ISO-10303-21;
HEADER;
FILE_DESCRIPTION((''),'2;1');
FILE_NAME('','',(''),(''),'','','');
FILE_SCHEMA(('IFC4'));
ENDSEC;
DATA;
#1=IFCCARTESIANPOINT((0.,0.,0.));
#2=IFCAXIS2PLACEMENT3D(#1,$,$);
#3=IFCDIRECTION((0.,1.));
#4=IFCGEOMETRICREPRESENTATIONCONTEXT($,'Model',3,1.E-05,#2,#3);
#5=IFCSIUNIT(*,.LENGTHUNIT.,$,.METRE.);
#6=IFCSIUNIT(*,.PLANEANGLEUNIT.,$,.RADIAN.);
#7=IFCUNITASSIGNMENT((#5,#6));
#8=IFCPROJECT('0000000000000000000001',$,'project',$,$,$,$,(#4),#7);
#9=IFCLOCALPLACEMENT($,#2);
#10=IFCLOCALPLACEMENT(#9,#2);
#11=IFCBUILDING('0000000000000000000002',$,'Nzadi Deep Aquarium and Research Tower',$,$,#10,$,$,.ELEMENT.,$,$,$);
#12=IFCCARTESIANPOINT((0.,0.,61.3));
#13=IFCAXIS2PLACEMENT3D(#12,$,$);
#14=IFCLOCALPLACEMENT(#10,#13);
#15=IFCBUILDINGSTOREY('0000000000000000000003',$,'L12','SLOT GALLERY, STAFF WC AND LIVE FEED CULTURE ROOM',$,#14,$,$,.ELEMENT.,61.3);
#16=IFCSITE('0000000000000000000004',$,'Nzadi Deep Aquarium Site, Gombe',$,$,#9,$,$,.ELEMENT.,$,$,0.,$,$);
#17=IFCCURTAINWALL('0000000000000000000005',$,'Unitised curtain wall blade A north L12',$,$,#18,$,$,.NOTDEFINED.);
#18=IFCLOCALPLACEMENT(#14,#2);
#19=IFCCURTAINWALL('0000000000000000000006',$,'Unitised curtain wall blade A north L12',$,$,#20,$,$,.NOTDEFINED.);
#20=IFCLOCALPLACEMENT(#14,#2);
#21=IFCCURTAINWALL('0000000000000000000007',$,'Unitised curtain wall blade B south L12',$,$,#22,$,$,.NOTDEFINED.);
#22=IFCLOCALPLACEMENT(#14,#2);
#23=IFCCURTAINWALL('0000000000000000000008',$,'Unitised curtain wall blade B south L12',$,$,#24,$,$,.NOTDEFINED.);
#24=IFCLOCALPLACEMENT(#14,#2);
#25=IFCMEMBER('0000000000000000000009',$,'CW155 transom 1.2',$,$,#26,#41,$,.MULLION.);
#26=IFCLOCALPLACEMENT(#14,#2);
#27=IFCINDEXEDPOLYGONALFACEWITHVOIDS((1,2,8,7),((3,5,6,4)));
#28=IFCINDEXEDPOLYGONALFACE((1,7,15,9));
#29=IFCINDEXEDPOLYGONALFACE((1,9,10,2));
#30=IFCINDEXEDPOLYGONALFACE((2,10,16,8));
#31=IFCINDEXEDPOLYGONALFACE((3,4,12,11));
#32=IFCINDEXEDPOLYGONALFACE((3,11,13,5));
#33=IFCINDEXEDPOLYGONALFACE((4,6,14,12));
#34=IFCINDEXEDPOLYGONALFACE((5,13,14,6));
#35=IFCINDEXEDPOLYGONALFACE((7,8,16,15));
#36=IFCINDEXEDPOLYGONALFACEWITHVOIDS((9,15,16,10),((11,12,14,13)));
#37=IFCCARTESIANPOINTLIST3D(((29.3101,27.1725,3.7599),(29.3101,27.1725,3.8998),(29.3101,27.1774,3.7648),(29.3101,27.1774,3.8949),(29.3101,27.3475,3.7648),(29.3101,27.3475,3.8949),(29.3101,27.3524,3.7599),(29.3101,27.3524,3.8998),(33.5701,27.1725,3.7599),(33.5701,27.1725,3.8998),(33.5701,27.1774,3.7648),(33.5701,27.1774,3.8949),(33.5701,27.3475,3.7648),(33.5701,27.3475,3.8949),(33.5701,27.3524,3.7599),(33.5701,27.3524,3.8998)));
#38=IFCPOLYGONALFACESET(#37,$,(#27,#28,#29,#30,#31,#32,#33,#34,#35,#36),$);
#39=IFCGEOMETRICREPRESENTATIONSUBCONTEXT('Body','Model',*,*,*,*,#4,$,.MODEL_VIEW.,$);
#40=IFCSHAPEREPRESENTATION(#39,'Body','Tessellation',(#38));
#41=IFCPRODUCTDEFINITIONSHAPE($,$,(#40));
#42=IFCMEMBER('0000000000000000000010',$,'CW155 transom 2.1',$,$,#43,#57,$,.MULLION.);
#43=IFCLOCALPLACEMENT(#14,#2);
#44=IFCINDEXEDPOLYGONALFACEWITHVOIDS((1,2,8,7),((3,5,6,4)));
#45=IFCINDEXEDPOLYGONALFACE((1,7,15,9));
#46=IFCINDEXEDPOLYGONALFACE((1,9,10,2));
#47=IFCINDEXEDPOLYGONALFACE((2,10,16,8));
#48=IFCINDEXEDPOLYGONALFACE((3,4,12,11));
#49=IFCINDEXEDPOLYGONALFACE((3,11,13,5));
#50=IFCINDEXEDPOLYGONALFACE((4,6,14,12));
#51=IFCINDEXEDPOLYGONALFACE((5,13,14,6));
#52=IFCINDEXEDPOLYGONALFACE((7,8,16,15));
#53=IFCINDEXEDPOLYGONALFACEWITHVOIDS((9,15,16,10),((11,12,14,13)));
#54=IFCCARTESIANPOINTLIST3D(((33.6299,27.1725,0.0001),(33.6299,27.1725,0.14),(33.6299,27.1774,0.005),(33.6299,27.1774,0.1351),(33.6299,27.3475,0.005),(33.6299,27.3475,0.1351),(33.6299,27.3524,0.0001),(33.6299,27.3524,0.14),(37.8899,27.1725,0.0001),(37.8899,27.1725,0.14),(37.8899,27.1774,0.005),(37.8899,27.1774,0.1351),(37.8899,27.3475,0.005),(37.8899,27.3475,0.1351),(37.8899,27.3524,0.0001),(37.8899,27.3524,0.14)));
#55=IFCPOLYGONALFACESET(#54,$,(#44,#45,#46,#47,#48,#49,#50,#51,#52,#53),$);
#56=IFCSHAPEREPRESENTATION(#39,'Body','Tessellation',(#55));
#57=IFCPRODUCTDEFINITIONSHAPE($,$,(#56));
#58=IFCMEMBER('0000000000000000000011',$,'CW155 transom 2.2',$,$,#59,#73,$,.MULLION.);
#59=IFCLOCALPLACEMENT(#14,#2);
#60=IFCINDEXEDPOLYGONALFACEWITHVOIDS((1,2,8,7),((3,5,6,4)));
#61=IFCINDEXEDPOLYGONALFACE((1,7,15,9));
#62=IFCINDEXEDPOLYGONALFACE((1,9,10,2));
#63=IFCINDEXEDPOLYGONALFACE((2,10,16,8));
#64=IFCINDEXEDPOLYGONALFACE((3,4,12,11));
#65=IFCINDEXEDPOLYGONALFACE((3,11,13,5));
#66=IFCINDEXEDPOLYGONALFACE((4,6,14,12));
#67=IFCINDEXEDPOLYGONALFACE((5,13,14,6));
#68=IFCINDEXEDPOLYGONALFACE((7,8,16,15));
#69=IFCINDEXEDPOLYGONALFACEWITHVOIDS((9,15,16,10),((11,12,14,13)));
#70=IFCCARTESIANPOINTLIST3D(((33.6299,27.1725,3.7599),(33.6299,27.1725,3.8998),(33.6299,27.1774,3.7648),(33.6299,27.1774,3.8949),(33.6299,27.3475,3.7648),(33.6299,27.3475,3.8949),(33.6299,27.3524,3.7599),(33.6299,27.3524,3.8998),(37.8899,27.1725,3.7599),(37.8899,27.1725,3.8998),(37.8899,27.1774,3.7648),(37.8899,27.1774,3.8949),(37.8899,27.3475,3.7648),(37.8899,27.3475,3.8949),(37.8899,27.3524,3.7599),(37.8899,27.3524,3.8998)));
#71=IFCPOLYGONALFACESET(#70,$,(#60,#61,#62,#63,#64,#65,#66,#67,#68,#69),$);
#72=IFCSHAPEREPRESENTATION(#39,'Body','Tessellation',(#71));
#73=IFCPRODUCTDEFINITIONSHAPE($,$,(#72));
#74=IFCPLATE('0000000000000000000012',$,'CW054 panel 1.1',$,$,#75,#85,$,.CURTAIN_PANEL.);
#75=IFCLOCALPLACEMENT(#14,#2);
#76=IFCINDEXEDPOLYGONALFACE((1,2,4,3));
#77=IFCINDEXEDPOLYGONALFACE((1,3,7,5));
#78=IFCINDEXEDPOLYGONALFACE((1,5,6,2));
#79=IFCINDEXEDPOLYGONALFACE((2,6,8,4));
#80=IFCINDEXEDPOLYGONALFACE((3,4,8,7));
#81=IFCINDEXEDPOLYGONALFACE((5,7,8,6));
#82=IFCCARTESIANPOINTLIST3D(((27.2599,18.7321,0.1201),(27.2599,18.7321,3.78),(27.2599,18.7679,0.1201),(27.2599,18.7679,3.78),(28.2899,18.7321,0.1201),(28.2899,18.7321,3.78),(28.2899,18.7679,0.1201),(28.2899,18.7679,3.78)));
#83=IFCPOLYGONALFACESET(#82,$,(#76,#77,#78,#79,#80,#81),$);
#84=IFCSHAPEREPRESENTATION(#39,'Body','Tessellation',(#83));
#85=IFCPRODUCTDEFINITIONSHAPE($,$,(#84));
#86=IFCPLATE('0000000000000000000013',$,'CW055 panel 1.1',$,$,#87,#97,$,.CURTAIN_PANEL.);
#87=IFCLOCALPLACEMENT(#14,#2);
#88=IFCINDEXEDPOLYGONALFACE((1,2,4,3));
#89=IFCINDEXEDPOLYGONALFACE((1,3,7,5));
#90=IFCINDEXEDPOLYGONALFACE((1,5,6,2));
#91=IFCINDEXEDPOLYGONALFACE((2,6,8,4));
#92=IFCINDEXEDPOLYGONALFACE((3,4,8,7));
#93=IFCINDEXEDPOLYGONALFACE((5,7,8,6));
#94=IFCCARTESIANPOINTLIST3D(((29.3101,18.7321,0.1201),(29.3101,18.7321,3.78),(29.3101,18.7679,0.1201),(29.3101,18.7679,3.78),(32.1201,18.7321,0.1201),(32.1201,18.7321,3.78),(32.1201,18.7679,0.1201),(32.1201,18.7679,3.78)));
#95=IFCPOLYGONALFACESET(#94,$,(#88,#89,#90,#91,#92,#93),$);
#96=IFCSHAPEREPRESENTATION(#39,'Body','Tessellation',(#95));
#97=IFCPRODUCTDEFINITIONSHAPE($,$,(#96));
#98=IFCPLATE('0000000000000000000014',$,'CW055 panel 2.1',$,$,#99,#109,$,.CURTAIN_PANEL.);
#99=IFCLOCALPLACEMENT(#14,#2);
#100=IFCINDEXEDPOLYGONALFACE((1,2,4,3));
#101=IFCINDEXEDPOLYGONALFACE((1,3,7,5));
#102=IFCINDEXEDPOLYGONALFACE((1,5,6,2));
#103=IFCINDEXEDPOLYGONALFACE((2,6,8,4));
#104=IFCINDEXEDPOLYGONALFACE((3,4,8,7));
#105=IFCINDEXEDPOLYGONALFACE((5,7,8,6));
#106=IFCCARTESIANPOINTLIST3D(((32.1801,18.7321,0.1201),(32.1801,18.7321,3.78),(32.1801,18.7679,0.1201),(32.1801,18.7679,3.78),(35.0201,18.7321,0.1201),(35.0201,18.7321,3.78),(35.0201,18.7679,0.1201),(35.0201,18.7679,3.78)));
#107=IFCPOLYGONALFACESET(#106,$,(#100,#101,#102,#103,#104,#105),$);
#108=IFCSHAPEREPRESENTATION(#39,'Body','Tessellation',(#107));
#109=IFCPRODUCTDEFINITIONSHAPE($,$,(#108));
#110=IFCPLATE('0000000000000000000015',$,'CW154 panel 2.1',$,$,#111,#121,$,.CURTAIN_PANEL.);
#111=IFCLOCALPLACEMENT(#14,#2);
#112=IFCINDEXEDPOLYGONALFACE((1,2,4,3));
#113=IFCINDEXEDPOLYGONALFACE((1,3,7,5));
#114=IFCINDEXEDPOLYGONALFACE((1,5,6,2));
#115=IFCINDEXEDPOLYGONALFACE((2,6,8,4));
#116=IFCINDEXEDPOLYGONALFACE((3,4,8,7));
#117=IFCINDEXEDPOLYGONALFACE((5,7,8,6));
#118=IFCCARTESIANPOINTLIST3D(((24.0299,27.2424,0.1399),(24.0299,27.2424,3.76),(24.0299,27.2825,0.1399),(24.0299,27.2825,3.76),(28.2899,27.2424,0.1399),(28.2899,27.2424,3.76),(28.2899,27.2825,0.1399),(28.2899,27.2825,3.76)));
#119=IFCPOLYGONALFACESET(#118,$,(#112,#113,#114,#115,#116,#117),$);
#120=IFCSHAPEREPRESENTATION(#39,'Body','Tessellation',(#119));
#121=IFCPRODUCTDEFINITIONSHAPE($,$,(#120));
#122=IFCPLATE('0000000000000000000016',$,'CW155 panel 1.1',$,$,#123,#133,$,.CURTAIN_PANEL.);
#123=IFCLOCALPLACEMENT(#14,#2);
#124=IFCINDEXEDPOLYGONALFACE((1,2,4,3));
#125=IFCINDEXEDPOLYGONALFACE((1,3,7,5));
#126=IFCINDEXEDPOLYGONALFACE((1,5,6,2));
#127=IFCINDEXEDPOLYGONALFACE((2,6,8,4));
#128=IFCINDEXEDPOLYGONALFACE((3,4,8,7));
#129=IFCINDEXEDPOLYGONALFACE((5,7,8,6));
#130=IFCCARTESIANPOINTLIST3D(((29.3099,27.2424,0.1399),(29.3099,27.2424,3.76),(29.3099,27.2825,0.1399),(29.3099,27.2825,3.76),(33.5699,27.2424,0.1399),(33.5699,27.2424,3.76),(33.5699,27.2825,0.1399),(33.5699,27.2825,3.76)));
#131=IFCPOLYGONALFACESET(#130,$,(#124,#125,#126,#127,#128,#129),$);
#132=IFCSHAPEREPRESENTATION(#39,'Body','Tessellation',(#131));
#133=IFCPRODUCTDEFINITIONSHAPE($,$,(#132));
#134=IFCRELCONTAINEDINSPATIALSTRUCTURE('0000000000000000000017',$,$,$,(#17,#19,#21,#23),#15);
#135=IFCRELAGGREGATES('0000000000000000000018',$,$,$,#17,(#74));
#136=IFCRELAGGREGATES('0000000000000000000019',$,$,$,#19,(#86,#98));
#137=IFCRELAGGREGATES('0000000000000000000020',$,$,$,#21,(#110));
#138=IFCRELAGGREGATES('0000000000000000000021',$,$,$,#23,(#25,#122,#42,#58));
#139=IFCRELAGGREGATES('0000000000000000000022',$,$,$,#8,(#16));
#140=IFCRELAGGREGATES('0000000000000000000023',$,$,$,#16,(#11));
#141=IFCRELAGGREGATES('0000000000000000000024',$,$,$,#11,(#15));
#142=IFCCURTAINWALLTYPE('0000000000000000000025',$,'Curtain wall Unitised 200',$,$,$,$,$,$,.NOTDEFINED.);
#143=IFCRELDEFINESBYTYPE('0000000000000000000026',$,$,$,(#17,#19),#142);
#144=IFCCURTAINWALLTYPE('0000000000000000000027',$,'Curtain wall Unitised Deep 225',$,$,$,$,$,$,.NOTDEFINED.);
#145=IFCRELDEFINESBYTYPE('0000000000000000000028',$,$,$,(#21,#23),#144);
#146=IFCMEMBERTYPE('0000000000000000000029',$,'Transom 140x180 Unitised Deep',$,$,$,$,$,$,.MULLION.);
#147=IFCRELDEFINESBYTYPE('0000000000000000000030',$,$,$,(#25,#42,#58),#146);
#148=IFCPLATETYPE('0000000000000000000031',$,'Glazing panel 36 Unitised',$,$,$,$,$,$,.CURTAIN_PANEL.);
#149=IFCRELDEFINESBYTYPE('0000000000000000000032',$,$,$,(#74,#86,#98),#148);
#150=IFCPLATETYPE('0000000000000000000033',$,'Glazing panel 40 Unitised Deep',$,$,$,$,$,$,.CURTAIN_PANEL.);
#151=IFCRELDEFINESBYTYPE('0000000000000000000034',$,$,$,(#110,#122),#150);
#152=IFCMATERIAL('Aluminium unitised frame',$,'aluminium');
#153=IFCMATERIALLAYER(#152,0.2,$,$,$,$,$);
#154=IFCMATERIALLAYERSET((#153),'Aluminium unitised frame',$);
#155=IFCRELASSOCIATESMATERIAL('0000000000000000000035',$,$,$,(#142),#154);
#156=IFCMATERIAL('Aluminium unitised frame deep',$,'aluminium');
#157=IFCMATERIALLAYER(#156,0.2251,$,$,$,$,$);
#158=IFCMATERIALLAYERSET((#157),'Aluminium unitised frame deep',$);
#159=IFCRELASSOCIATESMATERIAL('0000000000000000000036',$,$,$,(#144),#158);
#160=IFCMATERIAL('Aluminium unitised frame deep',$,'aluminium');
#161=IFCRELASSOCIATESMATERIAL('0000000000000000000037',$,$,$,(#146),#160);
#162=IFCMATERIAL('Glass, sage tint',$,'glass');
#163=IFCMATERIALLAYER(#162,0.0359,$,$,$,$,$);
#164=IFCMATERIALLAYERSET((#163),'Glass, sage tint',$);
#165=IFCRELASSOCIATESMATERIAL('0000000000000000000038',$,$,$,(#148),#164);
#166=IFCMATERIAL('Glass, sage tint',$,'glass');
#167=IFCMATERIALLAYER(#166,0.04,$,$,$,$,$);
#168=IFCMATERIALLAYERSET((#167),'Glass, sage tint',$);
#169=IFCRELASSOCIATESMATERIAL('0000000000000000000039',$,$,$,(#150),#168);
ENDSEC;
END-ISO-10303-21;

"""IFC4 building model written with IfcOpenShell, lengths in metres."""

from ifc_helpers import new_model, si_unit, direction, frame, origin, origin_2d, place, context, subcontext, project, spatial, rectangle, hollow_rectangle, extrude, material, layer, layer_set, material_profile, profile_set, type_object, element, aggregate, save


model = new_model("IFC4")

# Units and contexts
model_context = context("Model", 3, precision=1e-05, world=origin(), true_north=direction((0.0, 1.0)))
body_context = subcontext(model_context, "Body", "Model", "MODEL_VIEW")
ifc_project = project(units=[si_unit("LENGTHUNIT", "METRE"), si_unit("PLANEANGLEUNIT", "RADIAN")], contexts=[model_context])

# Site, building, storey
site_placement = place(None, origin())
site = spatial("IfcSite", under=ifc_project, at=site_placement, Name="Nzadi Deep Aquarium Site, Gombe", CompositionType="ELEMENT", RefElevation=0.0)
building_placement = place(site_placement, origin())
building = spatial("IfcBuilding", under=site, at=building_placement, Name="Nzadi Deep Aquarium and Research Tower", CompositionType="ELEMENT")
storey_placement = place(building_placement, frame((0.0, 0.0, 61.3)))
storey = spatial("IfcBuildingStorey", under=building, at=storey_placement, Name="L12", Description="SLOT GALLERY, STAFF WC AND LIVE FEED CULTURE ROOM", CompositionType="ELEMENT", Elevation=61.3)

# Curtain walls
ifc_material_1 = material(Name="Aluminium unitised frame", Category="aluminium")
ifc_layer_1 = layer(ifc_material_1, 0.2)
ifc_layer_set_1 = layer_set([ifc_layer_1], Name="Aluminium unitised frame")
curtain_wall_type_1 = type_object("IfcCurtainWallType", Name="Curtain wall Unitised 200", PredefinedType="NOTDEFINED", material=ifc_layer_set_1)
curtain_wall_1_placement = place(storey_placement, origin())
curtain_wall_1 = element("IfcCurtainWall", 1, at=curtain_wall_1_placement, inside=storey, type_object=curtain_wall_type_1, Name="Unitised curtain wall blade A north L12", PredefinedType="NOTDEFINED")
curtain_wall_2_placement = place(storey_placement, origin())
curtain_wall_2 = element("IfcCurtainWall", 2, at=curtain_wall_2_placement, inside=storey, type_object=curtain_wall_type_1, Name="Unitised curtain wall blade A north L12", PredefinedType="NOTDEFINED")
ifc_material_2 = material(Name="Aluminium unitised frame deep", Category="aluminium")
ifc_layer_2 = layer(ifc_material_2, 0.2251)
ifc_layer_set_2 = layer_set([ifc_layer_2], Name="Aluminium unitised frame deep")
curtain_wall_type_2 = type_object("IfcCurtainWallType", Name="Curtain wall Unitised Deep 225", PredefinedType="NOTDEFINED", material=ifc_layer_set_2)
curtain_wall_3_placement = place(storey_placement, origin())
curtain_wall_3 = element("IfcCurtainWall", 3, at=curtain_wall_3_placement, inside=storey, type_object=curtain_wall_type_2, Name="Unitised curtain wall blade B south L12", PredefinedType="NOTDEFINED")
curtain_wall_4_placement = place(storey_placement, origin())
curtain_wall_4 = element("IfcCurtainWall", 4, at=curtain_wall_4_placement, inside=storey, type_object=curtain_wall_type_2, Name="Unitised curtain wall blade B south L12", PredefinedType="NOTDEFINED")

# Members
ifc_material_3 = material(Name="Aluminium unitised frame deep", Category="aluminium")
ifc_material_profile_1 = material_profile(ifc_material_3, hollow_rectangle(XDim=0.1799, YDim=0.1399, WallThickness=0.0049, at=origin_2d()))
ifc_profile_set_1 = profile_set([ifc_material_profile_1], Name="Aluminium unitised frame deep")
member_type_1 = type_object("IfcMemberType", Name="Transom 140x180 Unitised Deep", PredefinedType="MULLION", material=ifc_profile_set_1)
member_1_placement = place(storey_placement, frame((29.3101, 27.2625, 3.8298), z_axis=(1.0, 0.0, 0.0), x_axis=(0.0, 1.0, 0.0)))
member_1 = element("IfcMember", 5, at=member_1_placement, type_object=member_type_1, Name="CW155 transom 1.2", PredefinedType="MULLION", context=body_context, shape_type="SweptSolid", body=[
    extrude(hollow_rectangle(XDim=0.1799, YDim=0.1399, WallThickness=0.0049, at=origin_2d()), origin(), (0.0, 0.0, 1.0), 4.26),
])
member_2_placement = place(storey_placement, frame((33.6299, 27.2625, 0.0701), z_axis=(1.0, 0.0, 0.0), x_axis=(0.0, 1.0, 0.0)))
member_2 = element("IfcMember", 6, at=member_2_placement, type_object=member_type_1, Name="CW155 transom 2.1", PredefinedType="MULLION", context=body_context, shape_type="SweptSolid", body=[
    extrude(hollow_rectangle(XDim=0.1799, YDim=0.1399, WallThickness=0.0049, at=origin_2d()), origin(), (0.0, 0.0, 1.0), 4.26),
])
member_3_placement = place(storey_placement, frame((33.6299, 27.2625, 3.8298), z_axis=(1.0, 0.0, 0.0), x_axis=(0.0, 1.0, 0.0)))
member_3 = element("IfcMember", 7, at=member_3_placement, type_object=member_type_1, Name="CW155 transom 2.2", PredefinedType="MULLION", context=body_context, shape_type="SweptSolid", body=[
    extrude(hollow_rectangle(XDim=0.1799, YDim=0.1399, WallThickness=0.0049, at=origin_2d()), origin(), (0.0, 0.0, 1.0), 4.26),
])

# Plates
ifc_material_4 = material(Name="Glass, sage tint", Category="glass")
ifc_layer_3 = layer(ifc_material_4, 0.0359)
ifc_layer_set_3 = layer_set([ifc_layer_3], Name="Glass, sage tint")
plate_type_1 = type_object("IfcPlateType", Name="Glazing panel 36 Unitised", PredefinedType="CURTAIN_PANEL", material=ifc_layer_set_3)
plate_1_placement = place(storey_placement, frame((27.7749, 18.75, 0.1201), z_axis=(0.0, 0.0, 1.0), x_axis=(1.0, 0.0, 0.0)))
plate_1 = element("IfcPlate", 8, at=plate_1_placement, type_object=plate_type_1, Name="CW054 panel 1.1", PredefinedType="CURTAIN_PANEL", context=body_context, shape_type="SweptSolid", body=[
    extrude(rectangle(XDim=1.03, YDim=0.0359, at=origin_2d()), origin(), (0.0, 0.0, 1.0), 3.6599),
])
aggregate(curtain_wall_1, [plate_1])
plate_2_placement = place(storey_placement, frame((30.7151, 18.75, 0.1201), z_axis=(0.0, 0.0, 1.0), x_axis=(1.0, 0.0, 0.0)))
plate_2 = element("IfcPlate", 9, at=plate_2_placement, type_object=plate_type_1, Name="CW055 panel 1.1", PredefinedType="CURTAIN_PANEL", context=body_context, shape_type="SweptSolid", body=[
    extrude(rectangle(XDim=2.8101, YDim=0.0359, at=origin_2d()), origin(), (0.0, 0.0, 1.0), 3.6599),
])
plate_3_placement = place(storey_placement, frame((33.6001, 18.75, 0.1201), z_axis=(0.0, 0.0, 1.0), x_axis=(1.0, 0.0, 0.0)))
plate_3 = element("IfcPlate", 10, at=plate_3_placement, type_object=plate_type_1, Name="CW055 panel 2.1", PredefinedType="CURTAIN_PANEL", context=body_context, shape_type="SweptSolid", body=[
    extrude(rectangle(XDim=2.8401, YDim=0.0359, at=origin_2d()), origin(), (0.0, 0.0, 1.0), 3.6599),
])
aggregate(curtain_wall_2, [plate_2, plate_3])
ifc_material_5 = material(Name="Glass, sage tint", Category="glass")
ifc_layer_4 = layer(ifc_material_5, 0.04)
ifc_layer_set_4 = layer_set([ifc_layer_4], Name="Glass, sage tint")
plate_type_2 = type_object("IfcPlateType", Name="Glazing panel 40 Unitised Deep", PredefinedType="CURTAIN_PANEL", material=ifc_layer_set_4)
plate_4_placement = place(storey_placement, frame((26.1599, 27.2625, 0.1399), z_axis=(0.0, 0.0, 1.0), x_axis=(1.0, 0.0, 0.0)))
plate_4 = element("IfcPlate", 11, at=plate_4_placement, type_object=plate_type_2, Name="CW154 panel 2.1", PredefinedType="CURTAIN_PANEL", context=body_context, shape_type="SweptSolid", body=[
    extrude(rectangle(XDim=4.26, YDim=0.04, at=origin_2d()), origin(), (0.0, 0.0, 1.0), 3.6201),
])
aggregate(curtain_wall_3, [plate_4])
plate_5_placement = place(storey_placement, frame((31.4399, 27.2625, 0.1399), z_axis=(0.0, 0.0, 1.0), x_axis=(1.0, 0.0, 0.0)))
plate_5 = element("IfcPlate", 12, at=plate_5_placement, type_object=plate_type_2, Name="CW155 panel 1.1", PredefinedType="CURTAIN_PANEL", context=body_context, shape_type="SweptSolid", body=[
    extrude(rectangle(XDim=4.26, YDim=0.04, at=origin_2d()), origin(), (0.0, 0.0, 1.0), 3.6201),
])
aggregate(curtain_wall_4, [member_1, plate_5, member_2, member_3])

save(model, "model.ifc")
